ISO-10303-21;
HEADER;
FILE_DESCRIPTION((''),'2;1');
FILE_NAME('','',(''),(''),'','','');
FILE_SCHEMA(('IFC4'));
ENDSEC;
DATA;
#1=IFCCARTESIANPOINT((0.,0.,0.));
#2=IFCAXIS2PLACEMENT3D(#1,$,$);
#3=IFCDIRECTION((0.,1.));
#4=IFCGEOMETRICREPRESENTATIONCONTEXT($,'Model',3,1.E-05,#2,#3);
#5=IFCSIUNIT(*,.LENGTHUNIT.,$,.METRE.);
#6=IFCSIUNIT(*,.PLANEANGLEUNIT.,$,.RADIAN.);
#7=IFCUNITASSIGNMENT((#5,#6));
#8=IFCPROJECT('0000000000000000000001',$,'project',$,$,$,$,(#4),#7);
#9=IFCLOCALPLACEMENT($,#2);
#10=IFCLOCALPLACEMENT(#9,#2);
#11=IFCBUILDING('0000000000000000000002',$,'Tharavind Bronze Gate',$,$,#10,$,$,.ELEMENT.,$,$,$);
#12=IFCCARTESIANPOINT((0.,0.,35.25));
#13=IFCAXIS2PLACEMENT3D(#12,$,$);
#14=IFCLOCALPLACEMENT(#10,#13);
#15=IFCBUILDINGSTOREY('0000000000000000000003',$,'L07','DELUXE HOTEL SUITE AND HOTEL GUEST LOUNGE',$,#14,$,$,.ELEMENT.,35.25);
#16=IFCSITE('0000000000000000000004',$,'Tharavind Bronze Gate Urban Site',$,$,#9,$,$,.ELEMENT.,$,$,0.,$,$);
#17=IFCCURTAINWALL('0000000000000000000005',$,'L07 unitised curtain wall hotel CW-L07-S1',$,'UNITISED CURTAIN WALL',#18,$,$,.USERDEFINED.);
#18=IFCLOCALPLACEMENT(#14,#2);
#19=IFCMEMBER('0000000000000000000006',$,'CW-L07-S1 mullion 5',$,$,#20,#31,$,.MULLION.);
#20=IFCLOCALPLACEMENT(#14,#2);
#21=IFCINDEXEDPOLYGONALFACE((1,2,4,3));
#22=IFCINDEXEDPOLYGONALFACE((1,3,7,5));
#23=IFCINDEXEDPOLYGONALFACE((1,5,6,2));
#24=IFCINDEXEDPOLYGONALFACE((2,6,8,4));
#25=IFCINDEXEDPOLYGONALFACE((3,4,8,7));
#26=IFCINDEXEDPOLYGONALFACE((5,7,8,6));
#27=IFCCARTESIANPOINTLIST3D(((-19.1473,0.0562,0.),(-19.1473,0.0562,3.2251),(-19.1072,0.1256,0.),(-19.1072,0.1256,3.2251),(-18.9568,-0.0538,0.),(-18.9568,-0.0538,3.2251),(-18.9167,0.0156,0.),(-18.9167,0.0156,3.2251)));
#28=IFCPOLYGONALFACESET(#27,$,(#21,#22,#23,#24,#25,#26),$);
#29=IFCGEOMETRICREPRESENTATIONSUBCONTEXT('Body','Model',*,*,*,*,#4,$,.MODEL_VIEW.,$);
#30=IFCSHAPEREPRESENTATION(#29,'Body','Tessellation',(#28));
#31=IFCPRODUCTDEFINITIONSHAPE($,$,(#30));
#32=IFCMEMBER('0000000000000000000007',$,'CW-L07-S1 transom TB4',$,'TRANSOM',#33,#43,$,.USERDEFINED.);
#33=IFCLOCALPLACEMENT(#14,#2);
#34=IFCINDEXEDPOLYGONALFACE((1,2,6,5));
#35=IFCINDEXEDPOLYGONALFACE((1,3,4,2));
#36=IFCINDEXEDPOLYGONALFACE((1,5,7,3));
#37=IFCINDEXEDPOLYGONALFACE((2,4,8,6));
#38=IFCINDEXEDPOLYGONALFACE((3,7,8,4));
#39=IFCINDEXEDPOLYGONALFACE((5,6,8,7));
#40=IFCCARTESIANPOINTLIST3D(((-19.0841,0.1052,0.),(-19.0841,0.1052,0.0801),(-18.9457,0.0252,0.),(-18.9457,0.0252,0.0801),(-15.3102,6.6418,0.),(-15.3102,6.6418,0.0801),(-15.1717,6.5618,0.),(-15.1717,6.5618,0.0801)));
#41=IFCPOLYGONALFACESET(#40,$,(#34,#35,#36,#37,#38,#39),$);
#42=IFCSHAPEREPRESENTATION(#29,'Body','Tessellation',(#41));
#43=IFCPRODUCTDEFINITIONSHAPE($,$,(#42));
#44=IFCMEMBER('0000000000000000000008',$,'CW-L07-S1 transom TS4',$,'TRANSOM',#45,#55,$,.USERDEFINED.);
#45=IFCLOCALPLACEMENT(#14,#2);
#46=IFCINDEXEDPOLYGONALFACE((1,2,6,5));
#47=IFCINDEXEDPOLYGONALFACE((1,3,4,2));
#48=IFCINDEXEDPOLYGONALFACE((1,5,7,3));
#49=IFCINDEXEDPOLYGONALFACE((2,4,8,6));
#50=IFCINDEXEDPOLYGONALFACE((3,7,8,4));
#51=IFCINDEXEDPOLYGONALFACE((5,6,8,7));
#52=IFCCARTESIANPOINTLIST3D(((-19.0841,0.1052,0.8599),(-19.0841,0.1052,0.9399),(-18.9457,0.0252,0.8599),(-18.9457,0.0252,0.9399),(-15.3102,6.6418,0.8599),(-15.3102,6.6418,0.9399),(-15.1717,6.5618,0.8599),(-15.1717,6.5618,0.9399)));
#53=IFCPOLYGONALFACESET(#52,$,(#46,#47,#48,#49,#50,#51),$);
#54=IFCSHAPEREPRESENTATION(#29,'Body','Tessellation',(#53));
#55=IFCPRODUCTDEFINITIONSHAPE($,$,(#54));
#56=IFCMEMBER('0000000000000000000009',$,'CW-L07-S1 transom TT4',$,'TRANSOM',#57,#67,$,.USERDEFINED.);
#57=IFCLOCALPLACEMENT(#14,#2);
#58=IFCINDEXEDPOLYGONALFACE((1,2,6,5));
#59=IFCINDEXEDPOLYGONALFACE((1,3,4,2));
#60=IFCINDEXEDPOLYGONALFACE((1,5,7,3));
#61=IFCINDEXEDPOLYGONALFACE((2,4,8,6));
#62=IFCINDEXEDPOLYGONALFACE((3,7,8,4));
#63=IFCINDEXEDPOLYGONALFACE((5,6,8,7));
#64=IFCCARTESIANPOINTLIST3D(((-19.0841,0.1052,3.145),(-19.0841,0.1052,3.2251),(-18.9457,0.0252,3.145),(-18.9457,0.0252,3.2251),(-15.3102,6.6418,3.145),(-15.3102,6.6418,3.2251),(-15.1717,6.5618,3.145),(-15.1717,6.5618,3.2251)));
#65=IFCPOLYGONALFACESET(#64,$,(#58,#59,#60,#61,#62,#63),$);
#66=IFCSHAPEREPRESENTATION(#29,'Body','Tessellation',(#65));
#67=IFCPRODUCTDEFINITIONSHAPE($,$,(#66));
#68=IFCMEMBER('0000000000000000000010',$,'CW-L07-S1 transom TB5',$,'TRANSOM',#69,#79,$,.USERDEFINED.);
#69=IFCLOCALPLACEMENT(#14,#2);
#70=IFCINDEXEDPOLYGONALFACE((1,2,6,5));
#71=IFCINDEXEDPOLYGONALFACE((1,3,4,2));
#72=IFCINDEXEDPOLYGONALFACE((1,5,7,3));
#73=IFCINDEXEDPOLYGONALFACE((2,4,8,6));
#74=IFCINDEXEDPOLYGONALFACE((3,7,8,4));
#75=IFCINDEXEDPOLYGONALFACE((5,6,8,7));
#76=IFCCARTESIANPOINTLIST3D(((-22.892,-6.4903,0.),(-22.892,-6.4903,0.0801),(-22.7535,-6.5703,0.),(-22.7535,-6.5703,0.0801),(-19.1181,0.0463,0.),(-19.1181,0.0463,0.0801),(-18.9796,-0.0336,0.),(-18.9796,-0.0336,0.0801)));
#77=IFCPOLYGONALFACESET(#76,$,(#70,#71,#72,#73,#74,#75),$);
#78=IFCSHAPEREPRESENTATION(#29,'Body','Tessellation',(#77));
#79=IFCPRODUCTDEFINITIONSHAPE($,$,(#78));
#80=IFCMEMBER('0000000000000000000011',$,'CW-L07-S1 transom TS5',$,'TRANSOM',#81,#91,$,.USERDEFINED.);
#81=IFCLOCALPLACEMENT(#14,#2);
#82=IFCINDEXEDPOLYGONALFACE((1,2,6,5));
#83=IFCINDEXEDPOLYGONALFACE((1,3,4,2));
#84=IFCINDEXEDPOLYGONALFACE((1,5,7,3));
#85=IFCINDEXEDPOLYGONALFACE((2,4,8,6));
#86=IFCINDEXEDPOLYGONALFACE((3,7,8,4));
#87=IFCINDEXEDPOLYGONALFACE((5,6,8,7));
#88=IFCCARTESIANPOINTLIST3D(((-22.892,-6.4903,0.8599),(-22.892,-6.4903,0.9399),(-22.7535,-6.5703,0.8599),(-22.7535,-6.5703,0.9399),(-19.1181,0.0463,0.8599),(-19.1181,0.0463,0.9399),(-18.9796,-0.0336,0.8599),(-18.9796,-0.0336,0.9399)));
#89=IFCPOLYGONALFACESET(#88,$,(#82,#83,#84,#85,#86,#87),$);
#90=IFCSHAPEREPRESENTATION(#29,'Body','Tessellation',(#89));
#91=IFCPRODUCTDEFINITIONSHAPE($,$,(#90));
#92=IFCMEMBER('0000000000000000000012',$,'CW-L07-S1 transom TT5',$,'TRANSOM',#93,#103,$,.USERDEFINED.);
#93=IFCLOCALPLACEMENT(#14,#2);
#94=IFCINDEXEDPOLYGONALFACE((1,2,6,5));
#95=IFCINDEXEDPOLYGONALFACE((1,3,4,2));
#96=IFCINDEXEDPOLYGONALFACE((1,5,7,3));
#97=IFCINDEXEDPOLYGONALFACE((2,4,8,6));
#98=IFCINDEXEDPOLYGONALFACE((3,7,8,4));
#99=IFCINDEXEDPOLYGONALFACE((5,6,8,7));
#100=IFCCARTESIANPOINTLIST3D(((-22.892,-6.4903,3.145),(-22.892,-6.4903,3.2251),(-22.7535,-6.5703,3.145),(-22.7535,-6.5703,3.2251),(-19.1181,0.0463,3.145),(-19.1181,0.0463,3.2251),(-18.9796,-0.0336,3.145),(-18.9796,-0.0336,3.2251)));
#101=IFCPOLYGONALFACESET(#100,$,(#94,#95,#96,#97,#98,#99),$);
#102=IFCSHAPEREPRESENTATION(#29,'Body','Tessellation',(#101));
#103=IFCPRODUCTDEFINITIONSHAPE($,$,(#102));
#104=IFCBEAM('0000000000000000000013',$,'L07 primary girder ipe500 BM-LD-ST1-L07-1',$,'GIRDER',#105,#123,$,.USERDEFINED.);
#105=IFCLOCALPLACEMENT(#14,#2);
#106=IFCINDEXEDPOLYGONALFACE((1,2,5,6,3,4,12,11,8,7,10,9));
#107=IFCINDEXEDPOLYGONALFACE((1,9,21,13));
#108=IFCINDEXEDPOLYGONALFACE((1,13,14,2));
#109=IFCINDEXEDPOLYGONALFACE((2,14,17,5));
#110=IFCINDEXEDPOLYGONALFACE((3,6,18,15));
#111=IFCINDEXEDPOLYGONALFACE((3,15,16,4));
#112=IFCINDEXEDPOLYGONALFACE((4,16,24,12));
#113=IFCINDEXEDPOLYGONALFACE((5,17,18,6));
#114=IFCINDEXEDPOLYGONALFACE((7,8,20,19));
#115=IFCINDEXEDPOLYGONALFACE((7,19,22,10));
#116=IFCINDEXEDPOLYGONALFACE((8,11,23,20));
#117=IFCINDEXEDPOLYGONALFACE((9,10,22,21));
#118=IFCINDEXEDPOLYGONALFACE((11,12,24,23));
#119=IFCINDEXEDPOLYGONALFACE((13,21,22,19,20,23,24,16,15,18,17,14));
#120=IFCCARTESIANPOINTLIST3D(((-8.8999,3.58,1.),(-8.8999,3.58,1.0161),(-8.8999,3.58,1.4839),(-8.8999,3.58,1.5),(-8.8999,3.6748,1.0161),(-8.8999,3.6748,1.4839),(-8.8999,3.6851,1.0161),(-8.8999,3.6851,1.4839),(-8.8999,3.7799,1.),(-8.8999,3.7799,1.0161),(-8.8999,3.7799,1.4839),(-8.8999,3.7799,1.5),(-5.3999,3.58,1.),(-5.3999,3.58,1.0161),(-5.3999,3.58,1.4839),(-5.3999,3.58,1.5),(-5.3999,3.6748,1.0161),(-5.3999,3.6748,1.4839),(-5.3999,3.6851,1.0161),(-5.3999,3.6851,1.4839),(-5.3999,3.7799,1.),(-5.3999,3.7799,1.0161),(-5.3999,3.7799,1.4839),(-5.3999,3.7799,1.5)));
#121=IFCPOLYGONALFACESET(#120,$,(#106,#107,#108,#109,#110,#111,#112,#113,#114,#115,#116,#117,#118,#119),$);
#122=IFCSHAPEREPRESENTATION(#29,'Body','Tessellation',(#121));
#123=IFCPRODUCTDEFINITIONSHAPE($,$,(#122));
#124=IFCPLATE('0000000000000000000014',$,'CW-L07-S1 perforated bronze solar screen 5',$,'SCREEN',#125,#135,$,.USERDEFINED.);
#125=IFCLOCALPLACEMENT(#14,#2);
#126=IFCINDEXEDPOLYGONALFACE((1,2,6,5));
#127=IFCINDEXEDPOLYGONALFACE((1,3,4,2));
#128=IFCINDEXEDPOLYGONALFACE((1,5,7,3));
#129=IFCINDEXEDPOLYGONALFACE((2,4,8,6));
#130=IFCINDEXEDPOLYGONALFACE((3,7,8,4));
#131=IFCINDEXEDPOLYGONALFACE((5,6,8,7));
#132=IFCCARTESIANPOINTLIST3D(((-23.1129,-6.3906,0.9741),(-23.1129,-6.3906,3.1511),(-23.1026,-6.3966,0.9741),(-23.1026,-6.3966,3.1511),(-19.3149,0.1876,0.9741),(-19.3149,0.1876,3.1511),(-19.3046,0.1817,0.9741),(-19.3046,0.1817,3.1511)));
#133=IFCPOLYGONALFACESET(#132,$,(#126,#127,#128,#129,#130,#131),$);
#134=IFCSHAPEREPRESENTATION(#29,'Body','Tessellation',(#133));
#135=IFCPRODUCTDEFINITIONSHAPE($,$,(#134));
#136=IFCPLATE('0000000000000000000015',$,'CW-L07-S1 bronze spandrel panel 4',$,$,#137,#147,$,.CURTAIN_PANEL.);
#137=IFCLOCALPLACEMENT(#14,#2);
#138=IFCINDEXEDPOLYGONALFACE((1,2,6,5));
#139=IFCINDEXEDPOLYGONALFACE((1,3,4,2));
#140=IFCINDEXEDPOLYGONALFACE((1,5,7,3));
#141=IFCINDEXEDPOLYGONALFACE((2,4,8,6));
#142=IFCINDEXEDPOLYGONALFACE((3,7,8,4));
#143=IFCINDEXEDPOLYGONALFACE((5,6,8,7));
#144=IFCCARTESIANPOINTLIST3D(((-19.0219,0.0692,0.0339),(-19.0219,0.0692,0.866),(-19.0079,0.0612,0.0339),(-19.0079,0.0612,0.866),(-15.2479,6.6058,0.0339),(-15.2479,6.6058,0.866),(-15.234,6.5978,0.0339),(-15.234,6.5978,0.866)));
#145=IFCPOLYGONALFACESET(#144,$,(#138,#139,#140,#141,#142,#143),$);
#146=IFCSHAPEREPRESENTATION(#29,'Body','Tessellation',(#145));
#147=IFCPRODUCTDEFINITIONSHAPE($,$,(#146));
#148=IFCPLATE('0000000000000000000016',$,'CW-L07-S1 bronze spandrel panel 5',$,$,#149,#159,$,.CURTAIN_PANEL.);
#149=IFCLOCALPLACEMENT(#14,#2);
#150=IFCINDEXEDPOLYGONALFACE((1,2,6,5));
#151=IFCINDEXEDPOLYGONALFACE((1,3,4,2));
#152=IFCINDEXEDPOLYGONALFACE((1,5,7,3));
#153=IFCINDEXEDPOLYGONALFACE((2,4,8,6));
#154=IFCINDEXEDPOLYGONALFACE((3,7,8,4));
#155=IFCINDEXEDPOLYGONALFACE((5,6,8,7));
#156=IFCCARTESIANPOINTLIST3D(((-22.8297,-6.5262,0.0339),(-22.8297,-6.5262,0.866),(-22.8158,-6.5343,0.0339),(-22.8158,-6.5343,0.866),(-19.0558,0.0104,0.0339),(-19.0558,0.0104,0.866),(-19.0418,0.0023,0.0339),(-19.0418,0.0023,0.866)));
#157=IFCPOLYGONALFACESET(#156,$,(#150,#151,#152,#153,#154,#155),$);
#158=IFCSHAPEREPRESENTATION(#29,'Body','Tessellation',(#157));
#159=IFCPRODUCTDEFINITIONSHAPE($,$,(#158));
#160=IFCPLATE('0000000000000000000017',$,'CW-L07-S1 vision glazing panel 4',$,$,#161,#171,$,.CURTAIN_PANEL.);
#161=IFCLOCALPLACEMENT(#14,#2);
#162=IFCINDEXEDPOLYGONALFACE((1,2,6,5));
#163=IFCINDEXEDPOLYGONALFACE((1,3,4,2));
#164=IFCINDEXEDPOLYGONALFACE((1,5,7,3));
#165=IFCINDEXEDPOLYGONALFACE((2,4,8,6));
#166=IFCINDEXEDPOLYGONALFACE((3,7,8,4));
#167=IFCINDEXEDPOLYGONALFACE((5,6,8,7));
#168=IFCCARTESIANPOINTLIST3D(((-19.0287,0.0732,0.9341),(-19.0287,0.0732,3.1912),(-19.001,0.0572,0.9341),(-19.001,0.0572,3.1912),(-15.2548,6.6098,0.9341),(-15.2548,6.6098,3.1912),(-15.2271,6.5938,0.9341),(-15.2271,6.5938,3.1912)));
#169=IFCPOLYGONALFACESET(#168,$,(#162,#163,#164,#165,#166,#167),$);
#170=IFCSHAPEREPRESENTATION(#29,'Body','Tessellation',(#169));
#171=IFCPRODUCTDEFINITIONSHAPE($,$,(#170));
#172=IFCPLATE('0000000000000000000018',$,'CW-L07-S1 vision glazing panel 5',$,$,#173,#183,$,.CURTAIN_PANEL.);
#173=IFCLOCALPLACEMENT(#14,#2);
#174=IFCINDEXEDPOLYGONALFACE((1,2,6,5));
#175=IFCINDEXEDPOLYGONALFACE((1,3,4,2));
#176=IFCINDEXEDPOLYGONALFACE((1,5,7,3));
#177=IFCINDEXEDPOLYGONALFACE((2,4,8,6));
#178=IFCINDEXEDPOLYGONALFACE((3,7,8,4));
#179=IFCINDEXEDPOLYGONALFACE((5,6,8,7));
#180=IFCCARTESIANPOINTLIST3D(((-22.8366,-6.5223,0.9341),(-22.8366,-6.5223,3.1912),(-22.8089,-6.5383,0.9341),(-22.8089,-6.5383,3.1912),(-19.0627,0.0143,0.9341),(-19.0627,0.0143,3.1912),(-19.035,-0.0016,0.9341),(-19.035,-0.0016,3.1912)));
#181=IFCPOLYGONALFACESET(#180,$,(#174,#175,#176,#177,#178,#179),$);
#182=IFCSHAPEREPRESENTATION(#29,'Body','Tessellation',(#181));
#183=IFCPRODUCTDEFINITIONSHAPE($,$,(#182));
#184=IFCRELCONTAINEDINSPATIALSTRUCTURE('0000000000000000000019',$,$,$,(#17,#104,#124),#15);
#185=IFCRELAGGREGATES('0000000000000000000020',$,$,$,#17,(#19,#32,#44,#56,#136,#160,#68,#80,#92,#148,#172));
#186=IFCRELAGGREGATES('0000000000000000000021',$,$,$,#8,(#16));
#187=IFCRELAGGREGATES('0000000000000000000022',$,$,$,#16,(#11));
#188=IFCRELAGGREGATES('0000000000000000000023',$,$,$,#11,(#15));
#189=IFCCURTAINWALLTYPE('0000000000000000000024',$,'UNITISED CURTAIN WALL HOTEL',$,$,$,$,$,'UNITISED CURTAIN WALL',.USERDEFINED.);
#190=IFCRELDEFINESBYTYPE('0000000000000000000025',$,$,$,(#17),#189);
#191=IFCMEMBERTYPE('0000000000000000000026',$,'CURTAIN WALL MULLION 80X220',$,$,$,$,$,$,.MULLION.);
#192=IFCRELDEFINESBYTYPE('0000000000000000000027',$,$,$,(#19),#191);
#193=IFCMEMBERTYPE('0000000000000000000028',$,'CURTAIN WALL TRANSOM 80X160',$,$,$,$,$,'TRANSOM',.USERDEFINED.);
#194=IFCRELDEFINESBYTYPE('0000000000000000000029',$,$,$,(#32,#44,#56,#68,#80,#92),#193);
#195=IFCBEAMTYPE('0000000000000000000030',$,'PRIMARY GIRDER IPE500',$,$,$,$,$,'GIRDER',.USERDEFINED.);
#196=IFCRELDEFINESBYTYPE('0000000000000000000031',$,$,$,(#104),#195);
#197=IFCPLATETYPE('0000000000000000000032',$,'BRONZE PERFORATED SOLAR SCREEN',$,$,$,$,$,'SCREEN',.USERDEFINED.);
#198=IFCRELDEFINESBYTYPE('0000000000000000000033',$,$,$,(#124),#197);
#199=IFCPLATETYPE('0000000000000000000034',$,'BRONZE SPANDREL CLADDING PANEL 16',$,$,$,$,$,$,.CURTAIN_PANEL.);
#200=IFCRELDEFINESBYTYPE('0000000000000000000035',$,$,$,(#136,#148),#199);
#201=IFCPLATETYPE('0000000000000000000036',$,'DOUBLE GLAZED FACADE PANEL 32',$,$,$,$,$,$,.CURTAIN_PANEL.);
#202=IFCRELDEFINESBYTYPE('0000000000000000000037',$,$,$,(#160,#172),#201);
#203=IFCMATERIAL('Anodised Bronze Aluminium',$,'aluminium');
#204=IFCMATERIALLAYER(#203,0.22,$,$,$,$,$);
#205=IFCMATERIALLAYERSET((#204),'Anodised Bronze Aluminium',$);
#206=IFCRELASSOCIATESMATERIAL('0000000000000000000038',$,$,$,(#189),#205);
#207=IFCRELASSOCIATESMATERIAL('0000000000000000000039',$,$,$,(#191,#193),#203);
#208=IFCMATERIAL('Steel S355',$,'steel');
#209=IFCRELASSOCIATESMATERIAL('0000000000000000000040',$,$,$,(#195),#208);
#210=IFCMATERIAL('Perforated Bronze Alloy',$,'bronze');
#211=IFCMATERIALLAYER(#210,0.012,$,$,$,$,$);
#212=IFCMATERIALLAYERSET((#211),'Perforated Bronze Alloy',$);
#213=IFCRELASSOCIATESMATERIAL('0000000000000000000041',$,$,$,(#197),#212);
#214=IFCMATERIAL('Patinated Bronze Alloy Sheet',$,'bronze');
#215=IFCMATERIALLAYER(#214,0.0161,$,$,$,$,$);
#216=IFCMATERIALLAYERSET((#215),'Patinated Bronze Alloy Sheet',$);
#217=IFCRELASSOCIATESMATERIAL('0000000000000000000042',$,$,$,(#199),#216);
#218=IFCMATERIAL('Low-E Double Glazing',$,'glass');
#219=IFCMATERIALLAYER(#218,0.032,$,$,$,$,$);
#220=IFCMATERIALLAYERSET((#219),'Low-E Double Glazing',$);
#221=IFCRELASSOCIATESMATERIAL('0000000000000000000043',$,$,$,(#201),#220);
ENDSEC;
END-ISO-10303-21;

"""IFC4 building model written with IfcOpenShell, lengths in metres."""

from ifc_helpers import new_model, si_unit, direction, frame, origin, origin_2d, place, context, subcontext, project, spatial, rectangle, i_section, extrude, material, layer, layer_set, material_profile, profile_set, type_object, element, aggregate, save


model = new_model("IFC4")

# Units and contexts
model_context = context("Model", 3, precision=1e-05, world=origin(), true_north=direction((0.0, 1.0)))
body_context = subcontext(model_context, "Body", "Model", "MODEL_VIEW")
ifc_project = project(units=[si_unit("LENGTHUNIT", "METRE"), si_unit("PLANEANGLEUNIT", "RADIAN")], contexts=[model_context])

# Site, building, storey
site_placement = place(None, origin())
site = spatial("IfcSite", under=ifc_project, at=site_placement, Name="Tharavind Bronze Gate Urban Site", CompositionType="ELEMENT", RefElevation=0.0)
building_placement = place(site_placement, origin())
building = spatial("IfcBuilding", under=site, at=building_placement, Name="Tharavind Bronze Gate", CompositionType="ELEMENT")
storey_placement = place(building_placement, frame((0.0, 0.0, 35.25)))
storey = spatial("IfcBuildingStorey", under=building, at=storey_placement, Name="L07", Description="DELUXE HOTEL SUITE AND HOTEL GUEST LOUNGE", CompositionType="ELEMENT", Elevation=35.25)

# Curtain wall, members
ifc_material_1 = material(Name="Anodised Bronze Aluminium", Category="aluminium")
ifc_layer_1 = layer(ifc_material_1, 0.22)
ifc_layer_set_1 = layer_set([ifc_layer_1], Name="Anodised Bronze Aluminium")
curtain_wall_type = type_object("IfcCurtainWallType", Name="UNITISED CURTAIN WALL HOTEL", ElementType="UNITISED CURTAIN WALL", PredefinedType="USERDEFINED", material=ifc_layer_set_1)
curtain_wall_placement = place(storey_placement, origin())
curtain_wall = element("IfcCurtainWall", 1, at=curtain_wall_placement, inside=storey, type_object=curtain_wall_type, Name="L07 unitised curtain wall hotel CW-L07-S1", ObjectType="UNITISED CURTAIN WALL", PredefinedType="USERDEFINED")
member_type_1 = type_object("IfcMemberType", Name="CURTAIN WALL MULLION 80X220", PredefinedType="MULLION", material=ifc_material_1)
member_1_placement = place(storey_placement, frame((-19.032, 0.0359, 0.0), z_axis=(0.0, 0.0, 1.0), x_axis=(-0.500002, -0.866025, 0.0)))
member_1 = element("IfcMember", 2, at=member_1_placement, type_object=member_type_1, Name="CW-L07-S1 mullion 5", PredefinedType="MULLION", context=body_context, shape_type="SweptSolid", body=[
    extrude(rectangle(XDim=0.0801, YDim=0.22, at=origin_2d()), origin(), (0.0, 0.0, 1.0), 3.2251),
])
member_type_2 = type_object("IfcMemberType", Name="CURTAIN WALL TRANSOM 80X160", ElementType="TRANSOM", PredefinedType="USERDEFINED", material=ifc_material_1)
member_2_placement = place(storey_placement, frame((-17.1279, 3.3335, 0.0), z_axis=(0.0, 0.0, 1.0), x_axis=(-0.500002, -0.866025, 0.0)))
member_2 = element("IfcMember", 3, at=member_2_placement, type_object=member_type_2, Name="CW-L07-S1 transom TB4", ObjectType="TRANSOM", PredefinedType="USERDEFINED", context=body_context, shape_type="SweptSolid", body=[
    extrude(rectangle(XDim=7.5479, YDim=0.1599, at=origin_2d()), origin(), (0.0, 0.0, 1.0), 0.0801),
])
member_3_placement = place(storey_placement, frame((-17.1279, 3.3335, 0.8599), z_axis=(0.0, 0.0, 1.0), x_axis=(-0.500002, -0.866025, 0.0)))
member_3 = element("IfcMember", 4, at=member_3_placement, type_object=member_type_2, Name="CW-L07-S1 transom TS4", ObjectType="TRANSOM", PredefinedType="USERDEFINED", context=body_context, shape_type="SweptSolid", body=[
    extrude(rectangle(XDim=7.5479, YDim=0.1599, at=origin_2d()), origin(), (0.0, 0.0, 1.0), 0.0801),
])
member_4_placement = place(storey_placement, frame((-17.1279, 3.3335, 3.145), z_axis=(0.0, 0.0, 1.0), x_axis=(-0.500002, -0.866025, 0.0)))
member_4 = element("IfcMember", 5, at=member_4_placement, type_object=member_type_2, Name="CW-L07-S1 transom TT4", ObjectType="TRANSOM", PredefinedType="USERDEFINED", context=body_context, shape_type="SweptSolid", body=[
    extrude(rectangle(XDim=7.5479, YDim=0.1599, at=origin_2d()), origin(), (0.0, 0.0, 1.0), 0.0801),
])
member_5_placement = place(storey_placement, frame((-20.9358, -3.262, 0.0), z_axis=(0.0, 0.0, 1.0), x_axis=(-0.500002, -0.866025, 0.0)))
member_5 = element("IfcMember", 6, at=member_5_placement, type_object=member_type_2, Name="CW-L07-S1 transom TB5", ObjectType="TRANSOM", PredefinedType="USERDEFINED", context=body_context, shape_type="SweptSolid", body=[
    extrude(rectangle(XDim=7.5479, YDim=0.1599, at=origin_2d()), origin(), (0.0, 0.0, 1.0), 0.0801),
])
member_6_placement = place(storey_placement, frame((-20.9358, -3.262, 0.8599), z_axis=(0.0, 0.0, 1.0), x_axis=(-0.500002, -0.866025, 0.0)))
member_6 = element("IfcMember", 7, at=member_6_placement, type_object=member_type_2, Name="CW-L07-S1 transom TS5", ObjectType="TRANSOM", PredefinedType="USERDEFINED", context=body_context, shape_type="SweptSolid", body=[
    extrude(rectangle(XDim=7.5479, YDim=0.1599, at=origin_2d()), origin(), (0.0, 0.0, 1.0), 0.0801),
])
member_7_placement = place(storey_placement, frame((-20.9358, -3.262, 3.145), z_axis=(0.0, 0.0, 1.0), x_axis=(-0.500002, -0.866025, 0.0)))
member_7 = element("IfcMember", 8, at=member_7_placement, type_object=member_type_2, Name="CW-L07-S1 transom TT5", ObjectType="TRANSOM", PredefinedType="USERDEFINED", context=body_context, shape_type="SweptSolid", body=[
    extrude(rectangle(XDim=7.5479, YDim=0.1599, at=origin_2d()), origin(), (0.0, 0.0, 1.0), 0.0801),
])

# Beam
ifc_material_2 = material(Name="Steel S355", Category="steel")
ifc_material_profile = material_profile(ifc_material_2, i_section(OverallWidth=0.2, OverallDepth=0.5, WebThickness=0.0103, FlangeThickness=0.0161, at=origin_2d()), Name="IPE500")
ifc_profile_set = profile_set([ifc_material_profile], Name="Steel S355")
beam_type = type_object("IfcBeamType", Name="PRIMARY GIRDER IPE500", ElementType="GIRDER", PredefinedType="USERDEFINED", material=ifc_profile_set)
beam_placement = place(storey_placement, frame((-8.8999, 3.6799, 1.25), z_axis=(1.0, 0.0, 0.0), x_axis=(0.0, 1.0, 0.0)))
element("IfcBeam", 9, at=beam_placement, inside=storey, type_object=beam_type, Name="L07 primary girder ipe500 BM-LD-ST1-L07-1", ObjectType="GIRDER", PredefinedType="USERDEFINED", context=body_context, shape_type="SweptSolid", body=[
    extrude(i_section(OverallWidth=0.2, OverallDepth=0.5, WebThickness=0.0103, FlangeThickness=0.0161, at=origin_2d()), origin(), (0.0, 0.0, 1.0), 3.5),
])

# Plates
ifc_material_3 = material(Name="Perforated Bronze Alloy", Category="bronze")
ifc_layer_2 = layer(ifc_material_3, 0.012)
ifc_layer_set_2 = layer_set([ifc_layer_2], Name="Perforated Bronze Alloy")
plate_type_1 = type_object("IfcPlateType", Name="BRONZE PERFORATED SOLAR SCREEN", ElementType="SCREEN", PredefinedType="USERDEFINED", material=ifc_layer_set_2)
plate_1_placement = place(storey_placement, frame((-21.2087, -3.1045, 0.9741), z_axis=(0.0, 0.0, 1.0), x_axis=(-0.500002, -0.866025, 0.0)))
element("IfcPlate", 10, at=plate_1_placement, inside=storey, type_object=plate_type_1, Name="CW-L07-S1 perforated bronze solar screen 5", ObjectType="SCREEN", PredefinedType="USERDEFINED", context=body_context, shape_type="SweptSolid", body=[
    extrude(rectangle(XDim=7.5959, YDim=0.012, at=origin_2d()), origin(), (0.0, 0.0, 1.0), 2.177),
])
ifc_material_4 = material(Name="Patinated Bronze Alloy Sheet", Category="bronze")
ifc_layer_3 = layer(ifc_material_4, 0.0161)
ifc_layer_set_3 = layer_set([ifc_layer_3], Name="Patinated Bronze Alloy Sheet")
plate_type_2 = type_object("IfcPlateType", Name="BRONZE SPANDREL CLADDING PANEL 16", PredefinedType="CURTAIN_PANEL", material=ifc_layer_set_3)
plate_2_placement = place(storey_placement, frame((-17.1279, 3.3335, 0.0339), z_axis=(0.0, 0.0, 1.0), x_axis=(-0.500002, -0.866025, 0.0)))
plate_2 = element("IfcPlate", 11, at=plate_2_placement, type_object=plate_type_2, Name="CW-L07-S1 bronze spandrel panel 4", PredefinedType="CURTAIN_PANEL", context=body_context, shape_type="SweptSolid", body=[
    extrude(rectangle(XDim=7.5479, YDim=0.0161, at=origin_2d()), origin(), (0.0, 0.0, 1.0), 0.832),
])
plate_3_placement = place(storey_placement, frame((-20.9358, -3.262, 0.0339), z_axis=(0.0, 0.0, 1.0), x_axis=(-0.500002, -0.866025, 0.0)))
plate_3 = element("IfcPlate", 12, at=plate_3_placement, type_object=plate_type_2, Name="CW-L07-S1 bronze spandrel panel 5", PredefinedType="CURTAIN_PANEL", context=body_context, shape_type="SweptSolid", body=[
    extrude(rectangle(XDim=7.5479, YDim=0.0161, at=origin_2d()), origin(), (0.0, 0.0, 1.0), 0.832),
])
ifc_material_5 = material(Name="Low-E Double Glazing", Category="glass")
ifc_layer_4 = layer(ifc_material_5, 0.032)
ifc_layer_set_4 = layer_set([ifc_layer_4], Name="Low-E Double Glazing")
plate_type_3 = type_object("IfcPlateType", Name="DOUBLE GLAZED FACADE PANEL 32", PredefinedType="CURTAIN_PANEL", material=ifc_layer_set_4)
plate_4_placement = place(storey_placement, frame((-17.1279, 3.3335, 0.9341), z_axis=(0.0, 0.0, 1.0), x_axis=(-0.500002, -0.866025, 0.0)))
plate_4 = element("IfcPlate", 13, at=plate_4_placement, type_object=plate_type_3, Name="CW-L07-S1 vision glazing panel 4", PredefinedType="CURTAIN_PANEL", context=body_context, shape_type="SweptSolid", body=[
    extrude(rectangle(XDim=7.5479, YDim=0.032, at=origin_2d()), origin(), (0.0, 0.0, 1.0), 2.2571),
])
plate_5_placement = place(storey_placement, frame((-20.9358, -3.262, 0.9341), z_axis=(0.0, 0.0, 1.0), x_axis=(-0.500002, -0.866025, 0.0)))
plate_5 = element("IfcPlate", 14, at=plate_5_placement, type_object=plate_type_3, Name="CW-L07-S1 vision glazing panel 5", PredefinedType="CURTAIN_PANEL", context=body_context, shape_type="SweptSolid", body=[
    extrude(rectangle(XDim=7.5479, YDim=0.032, at=origin_2d()), origin(), (0.0, 0.0, 1.0), 2.2571),
])
aggregate(curtain_wall, [member_1, member_2, member_3, member_4, plate_2, plate_4, member_5, member_6, member_7, plate_3, plate_5])

save(model, "model.ifc")
